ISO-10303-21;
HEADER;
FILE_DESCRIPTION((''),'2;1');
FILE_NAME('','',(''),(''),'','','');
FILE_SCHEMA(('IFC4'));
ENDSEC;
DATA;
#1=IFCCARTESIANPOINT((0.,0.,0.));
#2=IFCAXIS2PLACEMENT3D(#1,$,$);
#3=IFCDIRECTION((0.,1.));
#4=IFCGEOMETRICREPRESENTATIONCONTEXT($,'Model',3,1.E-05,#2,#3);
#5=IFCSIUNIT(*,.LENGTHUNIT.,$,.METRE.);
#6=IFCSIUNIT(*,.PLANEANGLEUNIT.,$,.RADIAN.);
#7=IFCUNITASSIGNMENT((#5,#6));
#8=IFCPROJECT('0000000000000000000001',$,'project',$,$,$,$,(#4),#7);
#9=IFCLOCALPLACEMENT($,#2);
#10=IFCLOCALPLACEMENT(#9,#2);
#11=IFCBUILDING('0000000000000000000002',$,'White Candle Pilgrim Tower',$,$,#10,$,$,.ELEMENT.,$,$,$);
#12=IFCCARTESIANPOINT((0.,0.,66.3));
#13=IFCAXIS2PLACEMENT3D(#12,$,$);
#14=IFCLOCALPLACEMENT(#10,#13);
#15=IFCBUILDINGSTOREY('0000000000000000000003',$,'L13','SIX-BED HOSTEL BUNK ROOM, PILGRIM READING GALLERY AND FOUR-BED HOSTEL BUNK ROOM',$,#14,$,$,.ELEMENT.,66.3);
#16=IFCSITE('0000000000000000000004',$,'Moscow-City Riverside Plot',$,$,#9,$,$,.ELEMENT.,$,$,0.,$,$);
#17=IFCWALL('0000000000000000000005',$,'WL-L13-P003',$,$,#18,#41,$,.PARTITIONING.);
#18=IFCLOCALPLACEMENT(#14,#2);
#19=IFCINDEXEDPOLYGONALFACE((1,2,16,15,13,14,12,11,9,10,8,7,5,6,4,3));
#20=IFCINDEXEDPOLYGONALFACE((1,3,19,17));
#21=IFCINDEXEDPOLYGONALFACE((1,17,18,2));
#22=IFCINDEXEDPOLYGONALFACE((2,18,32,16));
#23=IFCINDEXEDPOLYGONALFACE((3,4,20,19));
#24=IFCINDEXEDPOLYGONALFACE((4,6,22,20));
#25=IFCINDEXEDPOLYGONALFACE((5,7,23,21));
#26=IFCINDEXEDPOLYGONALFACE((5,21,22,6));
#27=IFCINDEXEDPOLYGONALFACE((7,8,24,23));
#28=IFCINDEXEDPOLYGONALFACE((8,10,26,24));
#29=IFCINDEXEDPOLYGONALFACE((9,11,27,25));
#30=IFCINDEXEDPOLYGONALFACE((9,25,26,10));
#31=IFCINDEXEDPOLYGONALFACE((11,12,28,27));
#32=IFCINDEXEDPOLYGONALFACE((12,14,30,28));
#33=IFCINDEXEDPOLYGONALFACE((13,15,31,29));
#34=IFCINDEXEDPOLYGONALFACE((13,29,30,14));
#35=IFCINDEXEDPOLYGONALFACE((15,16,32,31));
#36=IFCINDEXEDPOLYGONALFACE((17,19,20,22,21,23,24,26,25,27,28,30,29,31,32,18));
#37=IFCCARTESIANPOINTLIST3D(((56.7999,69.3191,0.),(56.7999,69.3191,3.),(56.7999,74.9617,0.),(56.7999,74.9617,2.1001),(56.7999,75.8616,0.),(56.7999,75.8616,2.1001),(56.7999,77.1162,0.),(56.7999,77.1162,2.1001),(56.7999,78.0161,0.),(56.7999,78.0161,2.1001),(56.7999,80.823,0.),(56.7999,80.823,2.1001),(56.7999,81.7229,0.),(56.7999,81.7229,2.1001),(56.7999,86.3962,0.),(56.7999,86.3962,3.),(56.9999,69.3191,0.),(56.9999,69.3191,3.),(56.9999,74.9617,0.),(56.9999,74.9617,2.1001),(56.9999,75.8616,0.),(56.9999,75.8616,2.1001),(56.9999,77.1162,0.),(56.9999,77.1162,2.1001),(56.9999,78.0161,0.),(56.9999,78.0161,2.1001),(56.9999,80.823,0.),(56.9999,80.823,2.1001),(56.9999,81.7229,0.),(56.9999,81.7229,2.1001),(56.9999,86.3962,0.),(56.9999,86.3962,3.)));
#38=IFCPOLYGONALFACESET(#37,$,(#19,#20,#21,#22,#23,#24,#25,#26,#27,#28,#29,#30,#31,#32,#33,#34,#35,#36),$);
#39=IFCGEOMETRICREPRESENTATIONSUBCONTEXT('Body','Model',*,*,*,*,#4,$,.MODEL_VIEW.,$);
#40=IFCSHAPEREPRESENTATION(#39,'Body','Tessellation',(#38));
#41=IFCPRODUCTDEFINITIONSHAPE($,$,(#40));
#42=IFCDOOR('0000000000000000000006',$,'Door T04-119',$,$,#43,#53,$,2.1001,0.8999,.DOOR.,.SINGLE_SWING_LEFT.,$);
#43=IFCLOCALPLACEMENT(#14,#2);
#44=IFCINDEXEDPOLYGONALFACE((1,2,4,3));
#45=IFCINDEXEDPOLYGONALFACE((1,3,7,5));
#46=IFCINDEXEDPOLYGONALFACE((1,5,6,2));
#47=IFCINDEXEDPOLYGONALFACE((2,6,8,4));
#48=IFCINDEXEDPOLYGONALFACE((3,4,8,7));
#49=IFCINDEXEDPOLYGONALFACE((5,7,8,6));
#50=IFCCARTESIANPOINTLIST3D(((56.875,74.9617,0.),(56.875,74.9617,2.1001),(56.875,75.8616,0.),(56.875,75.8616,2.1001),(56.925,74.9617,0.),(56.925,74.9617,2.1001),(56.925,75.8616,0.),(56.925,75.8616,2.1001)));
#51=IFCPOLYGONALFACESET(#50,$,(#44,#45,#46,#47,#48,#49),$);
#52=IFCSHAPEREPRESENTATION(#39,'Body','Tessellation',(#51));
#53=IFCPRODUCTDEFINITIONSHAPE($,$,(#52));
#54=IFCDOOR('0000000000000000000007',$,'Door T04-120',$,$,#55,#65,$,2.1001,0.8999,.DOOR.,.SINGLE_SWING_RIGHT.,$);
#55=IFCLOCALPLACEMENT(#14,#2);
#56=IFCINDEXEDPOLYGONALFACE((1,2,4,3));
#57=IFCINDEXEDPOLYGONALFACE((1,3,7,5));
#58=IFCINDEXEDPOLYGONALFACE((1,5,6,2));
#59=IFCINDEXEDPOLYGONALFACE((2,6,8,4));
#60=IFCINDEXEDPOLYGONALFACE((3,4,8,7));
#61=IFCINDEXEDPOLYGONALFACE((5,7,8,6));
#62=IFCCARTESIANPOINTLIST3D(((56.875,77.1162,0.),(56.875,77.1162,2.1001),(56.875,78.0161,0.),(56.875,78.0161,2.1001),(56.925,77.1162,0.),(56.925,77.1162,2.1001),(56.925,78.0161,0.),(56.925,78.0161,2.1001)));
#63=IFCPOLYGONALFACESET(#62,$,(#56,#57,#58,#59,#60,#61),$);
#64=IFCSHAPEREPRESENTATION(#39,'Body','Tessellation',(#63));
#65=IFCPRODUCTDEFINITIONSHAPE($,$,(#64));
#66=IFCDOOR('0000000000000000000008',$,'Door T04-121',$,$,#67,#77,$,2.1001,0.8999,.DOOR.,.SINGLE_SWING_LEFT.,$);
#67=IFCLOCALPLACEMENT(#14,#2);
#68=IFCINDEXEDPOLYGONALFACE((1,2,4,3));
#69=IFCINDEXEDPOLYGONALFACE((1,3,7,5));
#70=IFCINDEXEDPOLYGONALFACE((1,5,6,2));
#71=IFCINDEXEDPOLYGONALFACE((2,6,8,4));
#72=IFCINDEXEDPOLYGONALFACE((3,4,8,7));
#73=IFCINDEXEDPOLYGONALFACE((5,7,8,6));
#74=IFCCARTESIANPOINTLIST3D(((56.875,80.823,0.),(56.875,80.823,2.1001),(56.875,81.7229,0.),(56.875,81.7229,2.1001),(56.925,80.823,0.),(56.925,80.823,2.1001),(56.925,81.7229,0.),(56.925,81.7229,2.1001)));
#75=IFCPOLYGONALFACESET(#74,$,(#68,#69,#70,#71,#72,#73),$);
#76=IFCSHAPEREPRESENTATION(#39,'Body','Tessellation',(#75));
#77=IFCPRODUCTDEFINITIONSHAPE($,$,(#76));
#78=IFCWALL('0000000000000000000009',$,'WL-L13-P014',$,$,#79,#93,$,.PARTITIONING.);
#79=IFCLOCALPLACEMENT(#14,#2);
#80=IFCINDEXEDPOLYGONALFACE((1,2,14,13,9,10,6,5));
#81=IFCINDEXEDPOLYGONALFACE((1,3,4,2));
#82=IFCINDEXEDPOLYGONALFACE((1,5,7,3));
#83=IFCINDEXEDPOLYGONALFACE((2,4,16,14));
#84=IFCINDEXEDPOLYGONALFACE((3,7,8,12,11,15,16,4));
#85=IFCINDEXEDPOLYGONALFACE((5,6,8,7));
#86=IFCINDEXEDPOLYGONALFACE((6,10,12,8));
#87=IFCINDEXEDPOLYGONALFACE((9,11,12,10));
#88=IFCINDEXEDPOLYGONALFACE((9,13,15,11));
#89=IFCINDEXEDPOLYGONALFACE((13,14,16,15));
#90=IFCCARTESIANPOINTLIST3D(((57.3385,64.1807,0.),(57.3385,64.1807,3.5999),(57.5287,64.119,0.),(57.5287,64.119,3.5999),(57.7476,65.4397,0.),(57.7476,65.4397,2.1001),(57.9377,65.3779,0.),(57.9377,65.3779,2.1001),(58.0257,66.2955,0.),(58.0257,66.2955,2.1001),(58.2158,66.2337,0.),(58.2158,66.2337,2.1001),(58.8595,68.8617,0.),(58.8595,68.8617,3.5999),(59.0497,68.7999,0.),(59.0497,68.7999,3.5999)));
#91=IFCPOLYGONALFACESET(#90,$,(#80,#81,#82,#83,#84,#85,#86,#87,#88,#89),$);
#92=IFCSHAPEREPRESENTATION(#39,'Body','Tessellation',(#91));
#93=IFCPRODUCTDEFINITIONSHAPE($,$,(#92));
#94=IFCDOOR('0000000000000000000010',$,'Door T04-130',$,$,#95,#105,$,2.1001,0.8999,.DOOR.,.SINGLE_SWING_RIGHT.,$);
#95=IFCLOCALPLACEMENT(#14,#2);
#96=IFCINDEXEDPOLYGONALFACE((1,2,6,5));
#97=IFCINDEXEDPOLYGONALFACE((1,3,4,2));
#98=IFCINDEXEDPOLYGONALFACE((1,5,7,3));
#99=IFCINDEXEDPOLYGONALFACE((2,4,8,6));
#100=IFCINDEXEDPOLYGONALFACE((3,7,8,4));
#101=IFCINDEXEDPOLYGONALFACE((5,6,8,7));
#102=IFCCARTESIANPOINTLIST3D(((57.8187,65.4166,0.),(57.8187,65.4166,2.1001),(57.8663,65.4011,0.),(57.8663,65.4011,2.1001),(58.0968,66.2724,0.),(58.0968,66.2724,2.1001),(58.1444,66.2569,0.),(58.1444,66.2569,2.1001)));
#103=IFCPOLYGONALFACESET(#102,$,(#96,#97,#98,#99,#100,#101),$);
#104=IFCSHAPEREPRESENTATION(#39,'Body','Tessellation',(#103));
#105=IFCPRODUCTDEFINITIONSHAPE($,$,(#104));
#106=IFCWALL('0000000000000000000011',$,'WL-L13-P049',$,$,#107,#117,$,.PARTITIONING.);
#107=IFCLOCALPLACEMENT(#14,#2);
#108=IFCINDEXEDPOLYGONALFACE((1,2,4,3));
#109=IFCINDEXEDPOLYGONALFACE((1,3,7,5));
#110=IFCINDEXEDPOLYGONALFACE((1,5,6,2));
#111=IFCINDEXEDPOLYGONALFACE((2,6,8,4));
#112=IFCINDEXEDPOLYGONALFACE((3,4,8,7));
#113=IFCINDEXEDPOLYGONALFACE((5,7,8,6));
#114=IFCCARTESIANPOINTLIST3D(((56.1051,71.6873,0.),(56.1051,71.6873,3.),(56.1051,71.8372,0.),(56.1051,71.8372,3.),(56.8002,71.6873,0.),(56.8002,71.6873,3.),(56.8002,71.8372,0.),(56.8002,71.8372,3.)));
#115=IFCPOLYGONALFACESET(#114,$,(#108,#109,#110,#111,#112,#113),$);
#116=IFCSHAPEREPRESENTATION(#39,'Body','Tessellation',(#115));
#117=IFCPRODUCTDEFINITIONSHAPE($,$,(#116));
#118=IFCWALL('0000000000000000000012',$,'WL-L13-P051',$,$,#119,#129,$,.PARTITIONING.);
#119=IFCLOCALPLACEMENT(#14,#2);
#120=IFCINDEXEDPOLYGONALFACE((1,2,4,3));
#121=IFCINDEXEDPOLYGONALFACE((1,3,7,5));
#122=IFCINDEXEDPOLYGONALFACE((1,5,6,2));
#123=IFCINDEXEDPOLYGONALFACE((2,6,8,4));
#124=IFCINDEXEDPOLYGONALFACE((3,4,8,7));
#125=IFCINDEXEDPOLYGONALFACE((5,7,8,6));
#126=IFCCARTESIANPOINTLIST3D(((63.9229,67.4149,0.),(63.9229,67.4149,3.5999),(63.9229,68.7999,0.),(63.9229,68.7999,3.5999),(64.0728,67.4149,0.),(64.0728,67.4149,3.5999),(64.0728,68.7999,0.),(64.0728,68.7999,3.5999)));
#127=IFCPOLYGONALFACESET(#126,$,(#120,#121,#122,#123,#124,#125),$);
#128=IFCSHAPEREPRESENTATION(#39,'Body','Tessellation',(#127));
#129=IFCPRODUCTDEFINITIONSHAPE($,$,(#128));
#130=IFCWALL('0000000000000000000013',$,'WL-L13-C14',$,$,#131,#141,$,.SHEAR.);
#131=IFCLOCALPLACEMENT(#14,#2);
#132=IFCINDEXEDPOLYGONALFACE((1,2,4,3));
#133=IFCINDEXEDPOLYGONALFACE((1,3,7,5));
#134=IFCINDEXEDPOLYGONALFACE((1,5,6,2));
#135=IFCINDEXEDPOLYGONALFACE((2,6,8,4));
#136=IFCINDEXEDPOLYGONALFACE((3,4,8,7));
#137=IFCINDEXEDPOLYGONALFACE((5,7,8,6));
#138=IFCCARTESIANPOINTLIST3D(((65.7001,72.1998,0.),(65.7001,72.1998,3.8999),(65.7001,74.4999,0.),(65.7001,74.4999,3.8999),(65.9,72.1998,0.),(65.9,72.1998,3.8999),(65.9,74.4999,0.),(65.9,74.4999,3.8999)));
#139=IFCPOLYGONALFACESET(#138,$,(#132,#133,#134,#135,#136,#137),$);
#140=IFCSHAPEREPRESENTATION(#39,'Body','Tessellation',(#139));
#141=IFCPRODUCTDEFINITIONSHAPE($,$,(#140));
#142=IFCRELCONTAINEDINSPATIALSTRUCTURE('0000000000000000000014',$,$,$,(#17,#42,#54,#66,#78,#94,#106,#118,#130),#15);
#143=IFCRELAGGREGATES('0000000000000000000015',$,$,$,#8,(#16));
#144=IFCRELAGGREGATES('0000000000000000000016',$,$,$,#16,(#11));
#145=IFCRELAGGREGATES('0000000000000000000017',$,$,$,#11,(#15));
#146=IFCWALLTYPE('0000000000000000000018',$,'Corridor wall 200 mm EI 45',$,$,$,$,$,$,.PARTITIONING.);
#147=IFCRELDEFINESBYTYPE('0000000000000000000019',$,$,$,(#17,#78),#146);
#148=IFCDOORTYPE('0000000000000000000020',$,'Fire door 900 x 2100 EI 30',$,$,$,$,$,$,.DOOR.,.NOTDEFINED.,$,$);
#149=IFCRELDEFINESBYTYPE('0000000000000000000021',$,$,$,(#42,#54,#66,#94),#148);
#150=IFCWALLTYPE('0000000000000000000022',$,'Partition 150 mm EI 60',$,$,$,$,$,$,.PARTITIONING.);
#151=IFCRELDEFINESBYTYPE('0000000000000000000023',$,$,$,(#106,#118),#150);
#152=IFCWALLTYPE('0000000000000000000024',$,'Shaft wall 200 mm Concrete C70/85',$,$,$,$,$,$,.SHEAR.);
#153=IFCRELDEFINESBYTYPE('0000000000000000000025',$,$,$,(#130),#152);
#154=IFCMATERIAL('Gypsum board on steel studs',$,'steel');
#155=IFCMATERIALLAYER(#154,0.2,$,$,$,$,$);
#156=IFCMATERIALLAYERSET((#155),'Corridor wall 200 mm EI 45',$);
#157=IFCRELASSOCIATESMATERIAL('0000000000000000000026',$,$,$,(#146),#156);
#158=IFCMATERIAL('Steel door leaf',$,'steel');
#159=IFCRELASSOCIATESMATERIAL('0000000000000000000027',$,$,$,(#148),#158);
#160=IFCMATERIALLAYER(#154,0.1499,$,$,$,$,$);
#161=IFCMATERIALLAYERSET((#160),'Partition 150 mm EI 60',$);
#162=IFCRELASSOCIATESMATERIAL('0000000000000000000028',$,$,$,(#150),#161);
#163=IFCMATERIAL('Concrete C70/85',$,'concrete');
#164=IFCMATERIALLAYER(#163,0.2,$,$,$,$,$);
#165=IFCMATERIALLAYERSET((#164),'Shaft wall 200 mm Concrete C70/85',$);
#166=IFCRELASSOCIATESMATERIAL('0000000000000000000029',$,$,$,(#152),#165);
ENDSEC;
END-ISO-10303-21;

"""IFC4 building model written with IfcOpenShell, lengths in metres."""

from ifc_helpers import new_model, si_unit, direction, frame, frame_2d, origin, place, context, subcontext, project, spatial, rectangle, extrude, material, layer, layer_set, type_object, element, fill, save


model = new_model("IFC4")

# Units and contexts
model_context = context("Model", 3, precision=1e-05, world=origin(), true_north=direction((0.0, 1.0)))
body_context = subcontext(model_context, "Body", "Model", "MODEL_VIEW")
ifc_project = project(units=[si_unit("LENGTHUNIT", "METRE"), si_unit("PLANEANGLEUNIT", "RADIAN")], contexts=[model_context])

# Site, building, storey
site_placement = place(None, origin())
site = spatial("IfcSite", under=ifc_project, at=site_placement, Name="Moscow-City Riverside Plot", CompositionType="ELEMENT", RefElevation=0.0)
building_placement = place(site_placement, origin())
building = spatial("IfcBuilding", under=site, at=building_placement, Name="White Candle Pilgrim Tower", CompositionType="ELEMENT")
storey_placement = place(building_placement, frame((0.0, 0.0, 66.3)))
storey = spatial("IfcBuildingStorey", under=building, at=storey_placement, Name="L13", Description="SIX-BED HOSTEL BUNK ROOM, PILGRIM READING GALLERY AND FOUR-BED HOSTEL BUNK ROOM", CompositionType="ELEMENT", Elevation=66.3)

# Wall, openings, doors
ifc_material_1 = material(Name="Gypsum board on steel studs", Category="steel")
ifc_layer_1 = layer(ifc_material_1, 0.2)
ifc_layer_set_1 = layer_set([ifc_layer_1], Name="Corridor wall 200 mm EI 45")
wall_type_1 = type_object("IfcWallType", Name="Corridor wall 200 mm EI 45", PredefinedType="PARTITIONING", material=ifc_layer_set_1)
wall_1_placement = place(storey_placement, frame((56.8999, 69.3191, 0.0), z_axis=(0.0, 0.0, 1.0), x_axis=(0.0, 1.0, 0.0)))
wall_1 = element("IfcWall", 1, at=wall_1_placement, inside=storey, type_object=wall_type_1, Name="WL-L13-P003", PredefinedType="PARTITIONING", context=body_context, shape_type="SweptSolid", body=[
    extrude(rectangle(XDim=17.0771, YDim=0.2, at=frame_2d((8.5386, 0.0))), origin(), (0.0, 0.0, 1.0), 3.0),
])
opening_1_placement = place(wall_1_placement, frame((5.6426, 0.0, 0.0)))
opening_1 = element("IfcOpeningElement", 2, at=opening_1_placement, cuts=wall_1, PredefinedType="OPENING", context=body_context, shape_type="SweptSolid", body=[
    extrude(rectangle(XDim=0.8999, YDim=2.1001, at=frame_2d((0.45, 1.05))), frame((0.0, 0.1099, 0.0), z_axis=(0.0, -1.0, 0.0), x_axis=(1.0, 0.0, 0.0)), (0.0, 0.0, 1.0), 0.22),
])
opening_2_placement = place(wall_1_placement, frame((7.7971, 0.0, 0.0)))
opening_2 = element("IfcOpeningElement", 3, at=opening_2_placement, cuts=wall_1, PredefinedType="OPENING", context=body_context, shape_type="SweptSolid", body=[
    extrude(rectangle(XDim=0.8999, YDim=2.1001, at=frame_2d((0.45, 1.05))), frame((0.0, 0.1099, 0.0), z_axis=(0.0, -1.0, 0.0), x_axis=(1.0, 0.0, 0.0)), (0.0, 0.0, 1.0), 0.22),
])
opening_3_placement = place(wall_1_placement, frame((11.5039, 0.0, 0.0)))
opening_3 = element("IfcOpeningElement", 4, at=opening_3_placement, cuts=wall_1, PredefinedType="OPENING", context=body_context, shape_type="SweptSolid", body=[
    extrude(rectangle(XDim=0.8999, YDim=2.1001, at=frame_2d((0.45, 1.05))), frame((0.0, 0.1099, 0.0), z_axis=(0.0, -1.0, 0.0), x_axis=(1.0, 0.0, 0.0)), (0.0, 0.0, 1.0), 0.22),
])
ifc_material_2 = material(Name="Steel door leaf", Category="steel")
door_type_1 = type_object("IfcDoorType", Name="Fire door 900 x 2100 EI 30", OperationType="NOTDEFINED", PredefinedType="DOOR", material=ifc_material_2)
door_1_placement = place(opening_1_placement, origin())
door_1 = element("IfcDoor", 5, at=door_1_placement, inside=storey, type_object=door_type_1, Name="Door T04-119", OperationType="SINGLE_SWING_LEFT", OverallHeight=2.1001, OverallWidth=0.8999, PredefinedType="DOOR", context=body_context, shape_type="SweptSolid", body=[
    extrude(rectangle(XDim=0.8999, YDim=2.1001, at=frame_2d((0.45, 1.05))), frame((0.0, 0.0249, 0.0), z_axis=(0.0, -1.0, 0.0), x_axis=(1.0, 0.0, 0.0)), (0.0, 0.0, 1.0), 0.05),
])
fill(opening_1, door_1)
door_2_placement = place(opening_2_placement, origin())
door_2 = element("IfcDoor", 6, at=door_2_placement, inside=storey, type_object=door_type_1, Name="Door T04-120", OperationType="SINGLE_SWING_RIGHT", OverallHeight=2.1001, OverallWidth=0.8999, PredefinedType="DOOR", context=body_context, shape_type="SweptSolid", body=[
    extrude(rectangle(XDim=0.8999, YDim=2.1001, at=frame_2d((0.45, 1.05))), frame((0.0, 0.0249, 0.0), z_axis=(0.0, -1.0, 0.0), x_axis=(1.0, 0.0, 0.0)), (0.0, 0.0, 1.0), 0.05),
])
fill(opening_2, door_2)
door_3_placement = place(opening_3_placement, origin())
door_3 = element("IfcDoor", 7, at=door_3_placement, inside=storey, type_object=door_type_1, Name="Door T04-121", OperationType="SINGLE_SWING_LEFT", OverallHeight=2.1001, OverallWidth=0.8999, PredefinedType="DOOR", context=body_context, shape_type="SweptSolid", body=[
    extrude(rectangle(XDim=0.8999, YDim=2.1001, at=frame_2d((0.45, 1.05))), frame((0.0, 0.0249, 0.0), z_axis=(0.0, -1.0, 0.0), x_axis=(1.0, 0.0, 0.0)), (0.0, 0.0, 1.0), 0.05),
])
fill(opening_3, door_3)

# Wall, opening, door
wall_2_placement = place(storey_placement, frame((58.9546, 68.8308, 0.0), z_axis=(0.0, 0.0, 1.0), x_axis=(-0.309031, -0.951052, 0.0)))
wall_2 = element("IfcWall", 8, at=wall_2_placement, inside=storey, type_object=wall_type_1, Name="WL-L13-P014", PredefinedType="PARTITIONING", context=body_context, shape_type="SweptSolid", body=[
    extrude(rectangle(XDim=4.9219, YDim=0.2, at=frame_2d((2.4609, 0.0))), origin(), (0.0, 0.0, 1.0), 3.5999),
])
opening_4_placement = place(wall_2_placement, frame((2.6982, 0.0, 0.0)))
opening_4 = element("IfcOpeningElement", 9, at=opening_4_placement, cuts=wall_2, PredefinedType="OPENING", context=body_context, shape_type="SweptSolid", body=[
    extrude(rectangle(XDim=0.8999, YDim=2.1001, at=frame_2d((0.45, 1.05))), frame((0.0, 0.1099, 0.0), z_axis=(0.0, -1.0, 0.0), x_axis=(1.0, 0.0, 0.0)), (0.0, 0.0, 1.0), 0.22),
])
door_4_placement = place(opening_4_placement, origin())
door_4 = element("IfcDoor", 10, at=door_4_placement, inside=storey, type_object=door_type_1, Name="Door T04-130", OperationType="SINGLE_SWING_RIGHT", OverallHeight=2.1001, OverallWidth=0.8999, PredefinedType="DOOR", context=body_context, shape_type="SweptSolid", body=[
    extrude(rectangle(XDim=0.8999, YDim=2.1001, at=frame_2d((0.45, 1.05))), frame((0.0, 0.0249, 0.0), z_axis=(0.0, -1.0, 0.0), x_axis=(1.0, 0.0, 0.0)), (0.0, 0.0, 1.0), 0.05),
])
fill(opening_4, door_4)

# Walls
ifc_layer_2 = layer(ifc_material_1, 0.1499)
ifc_layer_set_2 = layer_set([ifc_layer_2], Name="Partition 150 mm EI 60")
wall_type_2 = type_object("IfcWallType", Name="Partition 150 mm EI 60", PredefinedType="PARTITIONING", material=ifc_layer_set_2)
wall_3_placement = place(storey_placement, frame((56.105, 71.7622, 0.0), z_axis=(0.0, 0.0, 1.0), x_axis=(1.0, 0.0, 0.0)))
element("IfcWall", 11, at=wall_3_placement, inside=storey, type_object=wall_type_2, Name="WL-L13-P049", PredefinedType="PARTITIONING", context=body_context, shape_type="SweptSolid", body=[
    extrude(rectangle(XDim=0.6951, YDim=0.1499, at=frame_2d((0.3477, 0.0))), origin(), (0.0, 0.0, 1.0), 3.0),
])
wall_4_placement = place(storey_placement, frame((63.9978, 67.415, 0.0), z_axis=(0.0, 0.0, 1.0), x_axis=(0.0, 1.0, 0.0)))
element("IfcWall", 12, at=wall_4_placement, inside=storey, type_object=wall_type_2, Name="WL-L13-P051", PredefinedType="PARTITIONING", context=body_context, shape_type="SweptSolid", body=[
    extrude(rectangle(XDim=1.385, YDim=0.1499, at=frame_2d((0.6924, 0.0))), origin(), (0.0, 0.0, 1.0), 3.5999),
])
ifc_material_3 = material(Name="Concrete C70/85", Category="concrete")
ifc_layer_3 = layer(ifc_material_3, 0.2)
ifc_layer_set_3 = layer_set([ifc_layer_3], Name="Shaft wall 200 mm Concrete C70/85")
wall_type_3 = type_object("IfcWallType", Name="Shaft wall 200 mm Concrete C70/85", PredefinedType="SHEAR", material=ifc_layer_set_3)
wall_5_placement = place(storey_placement, frame((65.8, 72.2, 0.0), z_axis=(0.0, 0.0, 1.0), x_axis=(0.0, 1.0, 0.0)))
element("IfcWall", 13, at=wall_5_placement, inside=storey, type_object=wall_type_3, Name="WL-L13-C14", PredefinedType="SHEAR", context=body_context, shape_type="SweptSolid", body=[
    extrude(rectangle(XDim=2.3, YDim=0.2, at=frame_2d((1.1499, 0.0))), origin(), (0.0, 0.0, 1.0), 3.8999),
])

save(model, "model.ifc")
